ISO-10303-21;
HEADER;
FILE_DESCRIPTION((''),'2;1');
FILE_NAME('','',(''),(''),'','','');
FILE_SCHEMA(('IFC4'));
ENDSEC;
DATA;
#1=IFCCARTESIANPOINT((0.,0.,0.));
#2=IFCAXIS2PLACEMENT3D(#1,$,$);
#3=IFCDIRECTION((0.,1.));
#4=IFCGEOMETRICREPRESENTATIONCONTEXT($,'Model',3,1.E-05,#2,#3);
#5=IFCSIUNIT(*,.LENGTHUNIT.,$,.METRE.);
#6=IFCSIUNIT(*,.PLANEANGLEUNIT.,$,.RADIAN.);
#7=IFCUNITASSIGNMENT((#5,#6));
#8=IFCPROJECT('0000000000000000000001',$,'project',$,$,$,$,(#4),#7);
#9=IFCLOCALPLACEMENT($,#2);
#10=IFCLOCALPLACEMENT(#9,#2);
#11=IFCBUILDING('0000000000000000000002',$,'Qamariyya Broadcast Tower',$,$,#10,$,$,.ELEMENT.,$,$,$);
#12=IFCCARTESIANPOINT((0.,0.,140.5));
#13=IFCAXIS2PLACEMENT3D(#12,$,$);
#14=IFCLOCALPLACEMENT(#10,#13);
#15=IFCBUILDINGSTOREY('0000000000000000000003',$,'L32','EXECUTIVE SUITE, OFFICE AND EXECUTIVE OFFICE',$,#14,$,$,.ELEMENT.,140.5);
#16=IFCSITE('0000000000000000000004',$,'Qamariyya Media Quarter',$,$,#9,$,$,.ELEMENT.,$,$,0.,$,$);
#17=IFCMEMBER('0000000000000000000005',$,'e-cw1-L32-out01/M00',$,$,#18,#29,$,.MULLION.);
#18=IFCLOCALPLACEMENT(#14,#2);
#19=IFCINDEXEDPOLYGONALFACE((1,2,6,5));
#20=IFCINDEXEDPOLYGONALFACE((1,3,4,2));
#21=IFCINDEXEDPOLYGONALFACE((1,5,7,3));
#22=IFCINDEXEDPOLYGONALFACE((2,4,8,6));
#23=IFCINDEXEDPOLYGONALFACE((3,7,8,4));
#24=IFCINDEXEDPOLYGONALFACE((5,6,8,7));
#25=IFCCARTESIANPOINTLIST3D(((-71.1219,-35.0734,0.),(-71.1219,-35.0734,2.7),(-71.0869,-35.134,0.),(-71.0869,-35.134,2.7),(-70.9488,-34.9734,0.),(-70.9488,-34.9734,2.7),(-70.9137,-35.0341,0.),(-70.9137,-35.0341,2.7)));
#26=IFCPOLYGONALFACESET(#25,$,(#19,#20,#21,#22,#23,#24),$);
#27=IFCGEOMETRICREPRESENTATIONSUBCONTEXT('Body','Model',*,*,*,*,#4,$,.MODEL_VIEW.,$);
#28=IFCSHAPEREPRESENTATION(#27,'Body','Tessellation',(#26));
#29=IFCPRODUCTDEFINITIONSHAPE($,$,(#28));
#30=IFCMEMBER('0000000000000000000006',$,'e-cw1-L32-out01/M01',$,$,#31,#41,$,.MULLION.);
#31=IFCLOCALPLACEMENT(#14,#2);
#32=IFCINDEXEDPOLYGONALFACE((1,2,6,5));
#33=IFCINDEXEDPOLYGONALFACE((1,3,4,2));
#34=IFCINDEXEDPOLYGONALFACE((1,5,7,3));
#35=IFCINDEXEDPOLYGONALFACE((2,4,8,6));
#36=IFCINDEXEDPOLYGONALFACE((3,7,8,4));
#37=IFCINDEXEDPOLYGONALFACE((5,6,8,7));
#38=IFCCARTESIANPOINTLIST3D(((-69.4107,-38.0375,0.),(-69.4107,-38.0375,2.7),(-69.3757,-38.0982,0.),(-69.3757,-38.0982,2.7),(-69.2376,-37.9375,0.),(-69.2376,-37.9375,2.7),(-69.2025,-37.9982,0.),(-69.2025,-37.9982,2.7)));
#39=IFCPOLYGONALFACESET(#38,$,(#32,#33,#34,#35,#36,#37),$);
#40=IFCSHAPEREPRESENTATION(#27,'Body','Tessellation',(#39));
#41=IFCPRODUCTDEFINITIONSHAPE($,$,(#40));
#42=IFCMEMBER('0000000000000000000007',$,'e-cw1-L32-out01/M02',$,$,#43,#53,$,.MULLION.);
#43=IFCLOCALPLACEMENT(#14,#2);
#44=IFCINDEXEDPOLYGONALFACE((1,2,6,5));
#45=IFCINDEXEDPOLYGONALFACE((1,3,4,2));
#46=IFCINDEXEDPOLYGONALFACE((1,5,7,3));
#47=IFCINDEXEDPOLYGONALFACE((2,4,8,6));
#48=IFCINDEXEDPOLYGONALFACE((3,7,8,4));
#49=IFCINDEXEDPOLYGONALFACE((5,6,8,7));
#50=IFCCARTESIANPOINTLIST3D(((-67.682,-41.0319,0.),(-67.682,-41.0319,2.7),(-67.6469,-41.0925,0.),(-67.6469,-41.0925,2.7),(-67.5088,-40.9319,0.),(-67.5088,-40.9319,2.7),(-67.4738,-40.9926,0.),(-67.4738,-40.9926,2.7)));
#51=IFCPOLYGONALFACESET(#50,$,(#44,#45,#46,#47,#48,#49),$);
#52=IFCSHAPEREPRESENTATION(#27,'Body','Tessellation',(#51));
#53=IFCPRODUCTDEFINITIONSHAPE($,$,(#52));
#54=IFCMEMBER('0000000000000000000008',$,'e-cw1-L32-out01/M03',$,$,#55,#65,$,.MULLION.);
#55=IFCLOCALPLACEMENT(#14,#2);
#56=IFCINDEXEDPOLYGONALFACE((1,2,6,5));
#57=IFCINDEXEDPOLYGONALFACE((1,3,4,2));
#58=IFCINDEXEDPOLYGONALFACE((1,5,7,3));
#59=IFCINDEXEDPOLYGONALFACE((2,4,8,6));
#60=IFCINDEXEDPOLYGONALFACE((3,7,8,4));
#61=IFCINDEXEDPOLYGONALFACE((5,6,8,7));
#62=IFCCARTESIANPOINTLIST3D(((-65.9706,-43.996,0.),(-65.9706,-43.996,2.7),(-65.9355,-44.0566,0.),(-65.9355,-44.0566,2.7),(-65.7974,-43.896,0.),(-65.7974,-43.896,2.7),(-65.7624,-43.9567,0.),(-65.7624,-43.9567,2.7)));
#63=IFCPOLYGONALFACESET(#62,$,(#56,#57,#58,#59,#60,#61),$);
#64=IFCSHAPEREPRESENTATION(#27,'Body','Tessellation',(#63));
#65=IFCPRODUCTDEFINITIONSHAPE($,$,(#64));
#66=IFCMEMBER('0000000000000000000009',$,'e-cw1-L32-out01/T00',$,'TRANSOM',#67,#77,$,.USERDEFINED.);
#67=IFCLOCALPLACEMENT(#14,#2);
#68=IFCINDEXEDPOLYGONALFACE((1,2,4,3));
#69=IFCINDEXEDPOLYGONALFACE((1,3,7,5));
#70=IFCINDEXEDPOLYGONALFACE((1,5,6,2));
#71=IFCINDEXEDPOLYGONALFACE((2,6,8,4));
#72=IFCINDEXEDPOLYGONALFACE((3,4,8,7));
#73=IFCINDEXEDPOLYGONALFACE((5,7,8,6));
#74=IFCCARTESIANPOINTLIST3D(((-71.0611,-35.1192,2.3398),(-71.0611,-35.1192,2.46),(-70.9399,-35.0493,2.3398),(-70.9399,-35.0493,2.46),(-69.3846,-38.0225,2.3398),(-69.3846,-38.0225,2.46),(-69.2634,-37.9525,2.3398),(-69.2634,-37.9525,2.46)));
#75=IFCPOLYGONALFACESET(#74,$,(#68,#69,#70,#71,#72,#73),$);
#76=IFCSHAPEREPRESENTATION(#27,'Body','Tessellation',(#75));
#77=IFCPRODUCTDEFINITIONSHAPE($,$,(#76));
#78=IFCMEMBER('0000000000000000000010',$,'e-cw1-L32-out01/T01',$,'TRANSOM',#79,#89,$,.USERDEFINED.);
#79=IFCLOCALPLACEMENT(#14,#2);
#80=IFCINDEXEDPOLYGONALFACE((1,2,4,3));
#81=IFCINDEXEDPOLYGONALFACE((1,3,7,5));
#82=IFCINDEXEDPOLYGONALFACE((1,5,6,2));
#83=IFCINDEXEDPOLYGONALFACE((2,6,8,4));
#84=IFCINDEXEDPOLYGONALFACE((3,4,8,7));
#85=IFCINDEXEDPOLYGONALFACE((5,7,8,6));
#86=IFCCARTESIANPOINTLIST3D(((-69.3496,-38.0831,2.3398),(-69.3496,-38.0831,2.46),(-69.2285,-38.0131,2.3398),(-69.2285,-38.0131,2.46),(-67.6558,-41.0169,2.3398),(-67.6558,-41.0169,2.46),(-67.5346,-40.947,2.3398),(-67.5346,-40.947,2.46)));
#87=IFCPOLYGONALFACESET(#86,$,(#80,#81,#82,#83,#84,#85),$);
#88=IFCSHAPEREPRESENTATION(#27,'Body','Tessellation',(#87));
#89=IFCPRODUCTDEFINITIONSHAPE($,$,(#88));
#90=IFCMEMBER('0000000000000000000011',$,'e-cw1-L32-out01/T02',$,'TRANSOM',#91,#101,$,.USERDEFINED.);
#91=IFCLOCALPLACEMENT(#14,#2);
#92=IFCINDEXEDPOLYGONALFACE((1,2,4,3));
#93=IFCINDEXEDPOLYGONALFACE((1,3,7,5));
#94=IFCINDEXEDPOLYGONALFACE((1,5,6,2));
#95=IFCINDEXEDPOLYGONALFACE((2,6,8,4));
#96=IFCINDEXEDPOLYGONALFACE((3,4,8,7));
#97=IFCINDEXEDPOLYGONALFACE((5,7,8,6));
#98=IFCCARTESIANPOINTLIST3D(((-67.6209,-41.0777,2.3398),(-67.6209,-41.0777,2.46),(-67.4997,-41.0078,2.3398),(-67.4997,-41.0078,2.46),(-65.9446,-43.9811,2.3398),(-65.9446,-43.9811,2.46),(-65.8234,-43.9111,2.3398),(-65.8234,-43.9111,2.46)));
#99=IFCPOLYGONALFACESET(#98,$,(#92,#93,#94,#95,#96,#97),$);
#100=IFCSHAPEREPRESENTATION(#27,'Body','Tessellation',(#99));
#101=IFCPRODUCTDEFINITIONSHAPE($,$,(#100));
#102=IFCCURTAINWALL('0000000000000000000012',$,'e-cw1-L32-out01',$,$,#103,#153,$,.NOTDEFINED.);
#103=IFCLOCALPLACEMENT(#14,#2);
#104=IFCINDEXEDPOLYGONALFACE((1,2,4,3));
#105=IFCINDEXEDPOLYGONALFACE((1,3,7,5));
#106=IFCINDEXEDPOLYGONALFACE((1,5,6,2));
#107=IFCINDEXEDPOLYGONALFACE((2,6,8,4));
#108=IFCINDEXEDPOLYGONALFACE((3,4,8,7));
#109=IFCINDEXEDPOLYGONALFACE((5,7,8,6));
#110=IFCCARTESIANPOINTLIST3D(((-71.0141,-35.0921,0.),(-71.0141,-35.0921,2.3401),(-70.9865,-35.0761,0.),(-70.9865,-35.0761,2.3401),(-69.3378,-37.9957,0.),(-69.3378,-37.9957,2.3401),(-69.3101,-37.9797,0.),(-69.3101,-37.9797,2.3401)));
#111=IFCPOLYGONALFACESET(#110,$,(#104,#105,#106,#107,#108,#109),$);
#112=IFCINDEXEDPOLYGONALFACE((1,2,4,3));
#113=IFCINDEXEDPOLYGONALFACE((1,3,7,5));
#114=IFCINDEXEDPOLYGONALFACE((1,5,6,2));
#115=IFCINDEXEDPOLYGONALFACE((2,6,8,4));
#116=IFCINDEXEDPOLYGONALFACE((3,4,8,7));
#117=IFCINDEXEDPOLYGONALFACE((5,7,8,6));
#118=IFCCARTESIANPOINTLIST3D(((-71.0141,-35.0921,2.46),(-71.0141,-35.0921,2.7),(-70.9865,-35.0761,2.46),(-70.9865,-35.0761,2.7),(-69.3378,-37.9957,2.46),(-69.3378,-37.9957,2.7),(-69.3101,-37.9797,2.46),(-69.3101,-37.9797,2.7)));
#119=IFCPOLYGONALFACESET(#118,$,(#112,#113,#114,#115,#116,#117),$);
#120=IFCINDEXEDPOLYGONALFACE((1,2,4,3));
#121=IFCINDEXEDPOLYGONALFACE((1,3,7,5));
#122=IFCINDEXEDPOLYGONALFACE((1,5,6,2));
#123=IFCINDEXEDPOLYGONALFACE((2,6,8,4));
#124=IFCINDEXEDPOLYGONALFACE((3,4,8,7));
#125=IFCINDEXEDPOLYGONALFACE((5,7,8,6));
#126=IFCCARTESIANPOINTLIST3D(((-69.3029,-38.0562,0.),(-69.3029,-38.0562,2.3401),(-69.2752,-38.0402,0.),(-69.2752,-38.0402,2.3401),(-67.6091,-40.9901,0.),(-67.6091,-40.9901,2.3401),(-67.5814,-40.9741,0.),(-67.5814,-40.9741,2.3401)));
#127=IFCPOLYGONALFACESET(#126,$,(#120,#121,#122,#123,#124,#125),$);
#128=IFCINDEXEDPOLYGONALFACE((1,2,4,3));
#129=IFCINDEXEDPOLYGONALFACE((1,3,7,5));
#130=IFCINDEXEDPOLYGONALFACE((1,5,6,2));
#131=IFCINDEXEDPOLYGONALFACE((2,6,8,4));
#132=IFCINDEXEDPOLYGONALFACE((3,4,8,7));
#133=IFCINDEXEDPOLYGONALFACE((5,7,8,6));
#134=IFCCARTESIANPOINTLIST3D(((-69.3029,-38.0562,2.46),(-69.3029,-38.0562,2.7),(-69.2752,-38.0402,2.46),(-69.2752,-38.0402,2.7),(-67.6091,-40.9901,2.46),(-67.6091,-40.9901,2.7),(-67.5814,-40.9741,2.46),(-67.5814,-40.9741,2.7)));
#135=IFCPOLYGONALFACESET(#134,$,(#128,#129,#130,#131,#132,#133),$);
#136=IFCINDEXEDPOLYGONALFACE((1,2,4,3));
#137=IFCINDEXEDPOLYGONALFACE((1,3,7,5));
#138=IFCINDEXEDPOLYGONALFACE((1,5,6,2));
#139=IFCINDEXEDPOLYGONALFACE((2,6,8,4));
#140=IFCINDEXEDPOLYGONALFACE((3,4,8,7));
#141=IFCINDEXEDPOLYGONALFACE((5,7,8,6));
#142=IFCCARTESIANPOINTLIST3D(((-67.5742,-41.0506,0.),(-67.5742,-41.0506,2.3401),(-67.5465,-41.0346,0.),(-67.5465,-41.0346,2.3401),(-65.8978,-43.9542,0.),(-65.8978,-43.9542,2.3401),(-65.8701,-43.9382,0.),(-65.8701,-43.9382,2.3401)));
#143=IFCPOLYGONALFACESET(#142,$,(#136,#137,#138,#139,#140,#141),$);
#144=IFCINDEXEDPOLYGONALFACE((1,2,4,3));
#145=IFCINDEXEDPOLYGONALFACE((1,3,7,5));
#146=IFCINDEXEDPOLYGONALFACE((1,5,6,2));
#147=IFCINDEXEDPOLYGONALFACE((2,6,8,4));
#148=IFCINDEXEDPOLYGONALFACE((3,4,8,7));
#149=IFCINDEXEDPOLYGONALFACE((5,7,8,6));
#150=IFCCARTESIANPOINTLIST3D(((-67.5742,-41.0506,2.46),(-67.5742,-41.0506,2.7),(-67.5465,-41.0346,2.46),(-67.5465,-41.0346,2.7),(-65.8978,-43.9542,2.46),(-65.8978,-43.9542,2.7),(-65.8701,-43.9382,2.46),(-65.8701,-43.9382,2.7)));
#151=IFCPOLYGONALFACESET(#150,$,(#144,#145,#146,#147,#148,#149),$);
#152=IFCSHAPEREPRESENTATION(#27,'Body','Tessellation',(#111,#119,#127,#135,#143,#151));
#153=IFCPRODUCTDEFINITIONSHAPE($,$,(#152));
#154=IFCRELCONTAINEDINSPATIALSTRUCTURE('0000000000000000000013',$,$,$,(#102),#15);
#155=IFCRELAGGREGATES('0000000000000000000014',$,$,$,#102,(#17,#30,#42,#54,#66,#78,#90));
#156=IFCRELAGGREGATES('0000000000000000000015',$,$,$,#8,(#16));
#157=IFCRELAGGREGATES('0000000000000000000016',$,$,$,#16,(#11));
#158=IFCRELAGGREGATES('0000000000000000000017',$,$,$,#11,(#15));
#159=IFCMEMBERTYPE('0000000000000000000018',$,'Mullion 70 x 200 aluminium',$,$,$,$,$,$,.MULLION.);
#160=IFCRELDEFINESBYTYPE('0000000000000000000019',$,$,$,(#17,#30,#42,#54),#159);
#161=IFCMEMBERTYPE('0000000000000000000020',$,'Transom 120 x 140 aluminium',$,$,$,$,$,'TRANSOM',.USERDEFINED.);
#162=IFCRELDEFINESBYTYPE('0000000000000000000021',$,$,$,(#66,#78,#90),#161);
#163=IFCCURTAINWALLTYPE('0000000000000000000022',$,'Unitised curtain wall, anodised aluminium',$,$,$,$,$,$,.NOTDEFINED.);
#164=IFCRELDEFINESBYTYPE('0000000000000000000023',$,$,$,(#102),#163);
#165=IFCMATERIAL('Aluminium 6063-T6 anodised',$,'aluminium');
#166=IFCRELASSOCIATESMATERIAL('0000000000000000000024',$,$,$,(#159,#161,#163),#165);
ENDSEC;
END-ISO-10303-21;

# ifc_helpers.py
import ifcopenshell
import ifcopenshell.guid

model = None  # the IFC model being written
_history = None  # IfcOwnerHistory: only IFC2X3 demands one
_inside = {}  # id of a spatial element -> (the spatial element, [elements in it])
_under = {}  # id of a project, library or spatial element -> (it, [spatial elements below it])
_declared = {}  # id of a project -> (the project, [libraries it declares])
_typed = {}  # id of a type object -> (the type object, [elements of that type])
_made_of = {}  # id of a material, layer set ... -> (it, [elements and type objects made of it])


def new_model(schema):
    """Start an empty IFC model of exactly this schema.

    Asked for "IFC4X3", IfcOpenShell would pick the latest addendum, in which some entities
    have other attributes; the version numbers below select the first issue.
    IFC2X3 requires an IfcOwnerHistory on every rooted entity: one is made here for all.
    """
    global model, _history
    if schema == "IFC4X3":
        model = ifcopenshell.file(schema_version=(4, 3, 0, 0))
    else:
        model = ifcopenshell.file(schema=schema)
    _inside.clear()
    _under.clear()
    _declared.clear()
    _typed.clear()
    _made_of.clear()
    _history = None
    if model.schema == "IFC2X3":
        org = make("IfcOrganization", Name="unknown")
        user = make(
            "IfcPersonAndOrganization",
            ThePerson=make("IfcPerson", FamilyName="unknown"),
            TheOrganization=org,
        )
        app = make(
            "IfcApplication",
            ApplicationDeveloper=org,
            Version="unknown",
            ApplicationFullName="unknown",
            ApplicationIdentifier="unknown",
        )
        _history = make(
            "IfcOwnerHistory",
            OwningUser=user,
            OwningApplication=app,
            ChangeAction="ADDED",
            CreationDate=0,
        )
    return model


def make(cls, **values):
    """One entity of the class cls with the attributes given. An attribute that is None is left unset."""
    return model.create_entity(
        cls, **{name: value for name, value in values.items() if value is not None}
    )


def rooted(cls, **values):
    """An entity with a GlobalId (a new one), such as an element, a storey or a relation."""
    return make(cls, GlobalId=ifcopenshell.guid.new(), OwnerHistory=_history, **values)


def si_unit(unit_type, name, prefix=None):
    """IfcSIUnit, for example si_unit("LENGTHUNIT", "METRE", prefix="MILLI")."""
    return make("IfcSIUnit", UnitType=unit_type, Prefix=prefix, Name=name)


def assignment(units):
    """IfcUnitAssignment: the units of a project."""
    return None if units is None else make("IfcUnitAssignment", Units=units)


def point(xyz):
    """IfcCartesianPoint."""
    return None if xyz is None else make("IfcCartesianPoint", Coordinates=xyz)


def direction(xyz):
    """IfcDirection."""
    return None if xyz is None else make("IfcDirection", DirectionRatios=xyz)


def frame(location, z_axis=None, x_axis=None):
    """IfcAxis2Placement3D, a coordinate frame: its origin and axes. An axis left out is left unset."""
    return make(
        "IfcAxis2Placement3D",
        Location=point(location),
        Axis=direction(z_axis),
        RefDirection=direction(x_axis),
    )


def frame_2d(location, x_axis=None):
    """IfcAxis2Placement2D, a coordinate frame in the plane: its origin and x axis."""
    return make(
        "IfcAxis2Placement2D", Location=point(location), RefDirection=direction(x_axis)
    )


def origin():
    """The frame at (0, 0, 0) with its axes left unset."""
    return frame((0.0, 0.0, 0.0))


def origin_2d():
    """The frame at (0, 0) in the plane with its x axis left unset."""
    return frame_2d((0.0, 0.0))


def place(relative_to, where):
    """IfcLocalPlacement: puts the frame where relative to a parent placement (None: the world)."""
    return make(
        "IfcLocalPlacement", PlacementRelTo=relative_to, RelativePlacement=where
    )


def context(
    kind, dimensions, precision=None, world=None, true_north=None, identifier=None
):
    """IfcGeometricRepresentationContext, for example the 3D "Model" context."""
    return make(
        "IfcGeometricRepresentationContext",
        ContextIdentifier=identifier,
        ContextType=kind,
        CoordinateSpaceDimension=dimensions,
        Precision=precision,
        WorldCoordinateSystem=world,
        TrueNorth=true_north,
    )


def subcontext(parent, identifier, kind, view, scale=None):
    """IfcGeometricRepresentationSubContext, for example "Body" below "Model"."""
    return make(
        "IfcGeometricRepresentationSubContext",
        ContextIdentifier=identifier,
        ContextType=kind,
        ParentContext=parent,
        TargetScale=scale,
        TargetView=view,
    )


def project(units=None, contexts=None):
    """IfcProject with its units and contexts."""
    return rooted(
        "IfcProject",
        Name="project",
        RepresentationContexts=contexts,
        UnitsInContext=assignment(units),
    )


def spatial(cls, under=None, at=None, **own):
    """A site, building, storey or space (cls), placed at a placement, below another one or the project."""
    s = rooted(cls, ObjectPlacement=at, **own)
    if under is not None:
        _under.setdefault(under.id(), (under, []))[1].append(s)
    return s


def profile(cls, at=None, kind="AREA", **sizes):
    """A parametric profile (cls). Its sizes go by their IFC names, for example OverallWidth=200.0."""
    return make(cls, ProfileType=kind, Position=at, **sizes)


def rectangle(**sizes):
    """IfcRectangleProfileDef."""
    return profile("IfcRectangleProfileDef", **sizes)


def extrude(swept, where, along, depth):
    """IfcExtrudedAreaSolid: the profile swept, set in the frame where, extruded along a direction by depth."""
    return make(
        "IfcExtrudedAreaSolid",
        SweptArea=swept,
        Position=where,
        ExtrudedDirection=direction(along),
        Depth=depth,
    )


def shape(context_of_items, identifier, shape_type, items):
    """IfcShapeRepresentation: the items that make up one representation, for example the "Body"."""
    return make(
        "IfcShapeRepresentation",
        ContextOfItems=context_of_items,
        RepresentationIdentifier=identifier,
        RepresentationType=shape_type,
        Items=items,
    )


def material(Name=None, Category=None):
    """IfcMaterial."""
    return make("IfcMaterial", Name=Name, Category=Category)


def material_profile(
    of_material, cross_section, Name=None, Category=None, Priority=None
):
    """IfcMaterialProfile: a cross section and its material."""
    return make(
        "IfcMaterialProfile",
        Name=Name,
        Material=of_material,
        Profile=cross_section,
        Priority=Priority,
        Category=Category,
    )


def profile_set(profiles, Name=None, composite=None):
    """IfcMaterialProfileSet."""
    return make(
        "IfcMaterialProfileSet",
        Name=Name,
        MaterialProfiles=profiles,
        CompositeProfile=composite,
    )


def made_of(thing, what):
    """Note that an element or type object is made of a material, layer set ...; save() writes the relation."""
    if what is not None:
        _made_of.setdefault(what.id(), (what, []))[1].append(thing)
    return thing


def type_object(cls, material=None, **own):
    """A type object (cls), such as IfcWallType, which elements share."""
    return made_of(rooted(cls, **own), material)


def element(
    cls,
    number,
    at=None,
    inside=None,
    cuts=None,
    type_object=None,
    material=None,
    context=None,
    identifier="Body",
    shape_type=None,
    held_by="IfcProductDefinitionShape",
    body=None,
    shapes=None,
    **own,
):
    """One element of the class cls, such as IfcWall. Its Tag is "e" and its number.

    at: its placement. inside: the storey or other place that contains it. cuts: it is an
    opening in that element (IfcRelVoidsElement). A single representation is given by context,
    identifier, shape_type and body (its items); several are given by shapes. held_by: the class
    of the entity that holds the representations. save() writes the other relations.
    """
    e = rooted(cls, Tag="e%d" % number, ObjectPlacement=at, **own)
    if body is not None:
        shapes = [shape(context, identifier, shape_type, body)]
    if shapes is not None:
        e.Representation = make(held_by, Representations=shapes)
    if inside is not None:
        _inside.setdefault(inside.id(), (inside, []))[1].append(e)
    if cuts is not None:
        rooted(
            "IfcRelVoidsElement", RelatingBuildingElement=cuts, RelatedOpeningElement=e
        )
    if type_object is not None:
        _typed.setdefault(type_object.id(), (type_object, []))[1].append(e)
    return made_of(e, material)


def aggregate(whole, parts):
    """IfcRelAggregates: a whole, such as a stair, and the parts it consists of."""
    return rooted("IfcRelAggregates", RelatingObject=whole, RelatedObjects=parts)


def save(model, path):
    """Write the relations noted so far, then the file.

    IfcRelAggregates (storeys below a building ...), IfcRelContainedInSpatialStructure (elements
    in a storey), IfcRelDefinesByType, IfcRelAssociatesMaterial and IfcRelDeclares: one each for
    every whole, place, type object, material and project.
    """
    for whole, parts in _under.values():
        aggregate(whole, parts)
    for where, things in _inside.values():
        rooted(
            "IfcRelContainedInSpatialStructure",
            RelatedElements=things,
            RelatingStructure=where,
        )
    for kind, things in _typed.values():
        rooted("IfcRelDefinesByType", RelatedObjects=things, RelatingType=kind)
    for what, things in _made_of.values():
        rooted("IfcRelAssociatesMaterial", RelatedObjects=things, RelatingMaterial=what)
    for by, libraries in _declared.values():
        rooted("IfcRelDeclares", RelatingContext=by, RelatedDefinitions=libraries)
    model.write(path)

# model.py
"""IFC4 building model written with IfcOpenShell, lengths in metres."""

from ifc_helpers import new_model, si_unit, direction, frame, origin, origin_2d, place, context, subcontext, project, spatial, rectangle, extrude, material, material_profile, profile_set, type_object, element, aggregate, save


model = new_model("IFC4")

# Units and contexts
model_context = context("Model", 3, precision=1e-05, world=origin(), true_north=direction((0.0, 1.0)))
body_context = subcontext(model_context, "Body", "Model", "MODEL_VIEW")
ifc_project = project(units=[si_unit("LENGTHUNIT", "METRE"), si_unit("PLANEANGLEUNIT", "RADIAN")], contexts=[model_context])

# Members
ifc_material = material(Name="Aluminium 6063-T6 anodised", Category="aluminium")
ifc_material_profile_1 = material_profile(ifc_material, rectangle(XDim=0.2, YDim=0.0701, at=origin_2d()))
ifc_profile_set_1 = profile_set([ifc_material_profile_1], Name="Aluminium 6063-T6 anodised")
member_type_1 = type_object("IfcMemberType", Name="Mullion 70 x 200 aluminium", PredefinedType="MULLION", material=ifc_profile_set_1)
site_placement = place(None, origin())
building_placement = place(site_placement, origin())
storey_placement = place(building_placement, frame((0.0, 0.0, 140.5)))
member_1_placement = place(storey_placement, frame((-71.0178, -35.0537, 0.0), z_axis=(0.0, 0.0, 1.0), x_axis=(0.866025, 0.5, 0.0)))
member_1 = element("IfcMember", 1, at=member_1_placement, type_object=member_type_1, Name="e-cw1-L32-out01/M00", PredefinedType="MULLION", context=body_context, shape_type="SweptSolid", body=[
    extrude(rectangle(XDim=0.2, YDim=0.0701, at=origin_2d()), origin(), (0.0, 0.0, 1.0), 2.7),
])
member_2_placement = place(storey_placement, frame((-69.3066, -38.0178, 0.0), z_axis=(0.0, 0.0, 1.0), x_axis=(0.866025, 0.5, 0.0)))
member_2 = element("IfcMember", 2, at=member_2_placement, type_object=member_type_1, Name="e-cw1-L32-out01/M01", PredefinedType="MULLION", context=body_context, shape_type="SweptSolid", body=[
    extrude(rectangle(XDim=0.2, YDim=0.0701, at=origin_2d()), origin(), (0.0, 0.0, 1.0), 2.7),
])
member_3_placement = place(storey_placement, frame((-67.5779, -41.0122, 0.0), z_axis=(0.0, 0.0, 1.0), x_axis=(0.866025, 0.5, 0.0)))
member_3 = element("IfcMember", 3, at=member_3_placement, type_object=member_type_1, Name="e-cw1-L32-out01/M02", PredefinedType="MULLION", context=body_context, shape_type="SweptSolid", body=[
    extrude(rectangle(XDim=0.2, YDim=0.0701, at=origin_2d()), origin(), (0.0, 0.0, 1.0), 2.7),
])
member_4_placement = place(storey_placement, frame((-65.8665, -43.9763, 0.0), z_axis=(0.0, 0.0, 1.0), x_axis=(0.866025, 0.5, 0.0)))
member_4 = element("IfcMember", 4, at=member_4_placement, type_object=member_type_1, Name="e-cw1-L32-out01/M03", PredefinedType="MULLION", context=body_context, shape_type="SweptSolid", body=[
    extrude(rectangle(XDim=0.2, YDim=0.0701, at=origin_2d()), origin(), (0.0, 0.0, 1.0), 2.7),
])
ifc_material_profile_2 = material_profile(ifc_material, rectangle(XDim=0.1399, YDim=0.1201, at=origin_2d()))
ifc_profile_set_2 = profile_set([ifc_material_profile_2], Name="Aluminium 6063-T6 anodised")
member_type_2 = type_object("IfcMemberType", Name="Transom 120 x 140 aluminium", ElementType="TRANSOM", PredefinedType="USERDEFINED", material=ifc_profile_set_2)
member_5_placement = place(storey_placement, frame((-71.0005, -35.0842, 2.3999), z_axis=(0.500063, -0.865989, 0.0), x_axis=(0.865989, 0.500063, 0.0)))
member_5 = element("IfcMember", 5, at=member_5_placement, type_object=member_type_2, Name="e-cw1-L32-out01/T00", ObjectType="TRANSOM", PredefinedType="USERDEFINED", context=body_context, shape_type="SweptSolid", body=[
    extrude(rectangle(XDim=0.1399, YDim=0.1201, at=origin_2d()), origin(), (0.0, 0.0, 1.0), 3.3525),
])
member_6_placement = place(storey_placement, frame((-69.2891, -38.0481, 2.3999), z_axis=(0.499999, -0.866026, 0.0), x_axis=(0.866026, 0.499999, 0.0)))
member_6 = element("IfcMember", 6, at=member_6_placement, type_object=member_type_2, Name="e-cw1-L32-out01/T01", ObjectType="TRANSOM", PredefinedType="USERDEFINED", context=body_context, shape_type="SweptSolid", body=[
    extrude(rectangle(XDim=0.1399, YDim=0.1201, at=origin_2d()), origin(), (0.0, 0.0, 1.0), 3.3877),
])
member_7_placement = place(storey_placement, frame((-67.5603, -41.0427, 2.3999), z_axis=(0.500008, -0.866021, 0.0), x_axis=(0.866021, 0.500008, 0.0)))
member_7 = element("IfcMember", 7, at=member_7_placement, type_object=member_type_2, Name="e-cw1-L32-out01/T02", ObjectType="TRANSOM", PredefinedType="USERDEFINED", context=body_context, shape_type="SweptSolid", body=[
    extrude(rectangle(XDim=0.1399, YDim=0.1201, at=origin_2d()), origin(), (0.0, 0.0, 1.0), 3.3525),
])

# Site, building, storey
site = spatial("IfcSite", under=ifc_project, at=site_placement, Name="Qamariyya Media Quarter", CompositionType="ELEMENT", RefElevation=0.0)
building = spatial("IfcBuilding", under=site, at=building_placement, Name="Qamariyya Broadcast Tower", CompositionType="ELEMENT")
storey = spatial("IfcBuildingStorey", under=building, at=storey_placement, Name="L32", Description="EXECUTIVE SUITE, OFFICE AND EXECUTIVE OFFICE", CompositionType="ELEMENT", Elevation=140.5)

# Curtain wall
curtain_wall_type = type_object("IfcCurtainWallType", Name="Unitised curtain wall, anodised aluminium", PredefinedType="NOTDEFINED", material=ifc_material)
curtain_wall_1_placement = place(storey_placement, origin())
curtain_wall_1 = element("IfcCurtainWall", 8, at=curtain_wall_1_placement, inside=storey, type_object=curtain_wall_type, Name="e-cw1-L32-out01", PredefinedType="NOTDEFINED", context=body_context, shape_type="SweptSolid", body=[
    extrude(rectangle(XDim=3.3528, YDim=0.032, at=origin_2d()), frame((-70.1621, -36.5359, 0.0), x_axis=(0.499997, -0.866027, 0.0)), (0.0, 0.0, 1.0), 2.3401),
    extrude(rectangle(XDim=3.3528, YDim=0.032, at=origin_2d()), frame((-70.1621, -36.5359, 2.46), x_axis=(0.499997, -0.866027, 0.0)), (0.0, 0.0, 1.0), 0.24),
    extrude(rectangle(XDim=3.3877, YDim=0.032, at=origin_2d()), frame((-68.4421, -39.5151, 0.0), x_axis=(0.499997, -0.866027, 0.0)), (0.0, 0.0, 1.0), 2.3401),
    extrude(rectangle(XDim=3.3877, YDim=0.032, at=origin_2d()), frame((-68.4421, -39.5151, 2.46), x_axis=(0.499997, -0.866027, 0.0)), (0.0, 0.0, 1.0), 0.24),
    extrude(rectangle(XDim=3.3528, YDim=0.032, at=origin_2d()), frame((-66.7222, -42.4944, 0.0), x_axis=(0.499997, -0.866027, 0.0)), (0.0, 0.0, 1.0), 2.3401),
    extrude(rectangle(XDim=3.3528, YDim=0.032, at=origin_2d()), frame((-66.7222, -42.4944, 2.46), x_axis=(0.499997, -0.866027, 0.0)), (0.0, 0.0, 1.0), 0.24),
])
aggregate(curtain_wall_1, [member_1, member_2, member_3, member_4, member_5, member_6, member_7])

save(model, "model.ifc")
